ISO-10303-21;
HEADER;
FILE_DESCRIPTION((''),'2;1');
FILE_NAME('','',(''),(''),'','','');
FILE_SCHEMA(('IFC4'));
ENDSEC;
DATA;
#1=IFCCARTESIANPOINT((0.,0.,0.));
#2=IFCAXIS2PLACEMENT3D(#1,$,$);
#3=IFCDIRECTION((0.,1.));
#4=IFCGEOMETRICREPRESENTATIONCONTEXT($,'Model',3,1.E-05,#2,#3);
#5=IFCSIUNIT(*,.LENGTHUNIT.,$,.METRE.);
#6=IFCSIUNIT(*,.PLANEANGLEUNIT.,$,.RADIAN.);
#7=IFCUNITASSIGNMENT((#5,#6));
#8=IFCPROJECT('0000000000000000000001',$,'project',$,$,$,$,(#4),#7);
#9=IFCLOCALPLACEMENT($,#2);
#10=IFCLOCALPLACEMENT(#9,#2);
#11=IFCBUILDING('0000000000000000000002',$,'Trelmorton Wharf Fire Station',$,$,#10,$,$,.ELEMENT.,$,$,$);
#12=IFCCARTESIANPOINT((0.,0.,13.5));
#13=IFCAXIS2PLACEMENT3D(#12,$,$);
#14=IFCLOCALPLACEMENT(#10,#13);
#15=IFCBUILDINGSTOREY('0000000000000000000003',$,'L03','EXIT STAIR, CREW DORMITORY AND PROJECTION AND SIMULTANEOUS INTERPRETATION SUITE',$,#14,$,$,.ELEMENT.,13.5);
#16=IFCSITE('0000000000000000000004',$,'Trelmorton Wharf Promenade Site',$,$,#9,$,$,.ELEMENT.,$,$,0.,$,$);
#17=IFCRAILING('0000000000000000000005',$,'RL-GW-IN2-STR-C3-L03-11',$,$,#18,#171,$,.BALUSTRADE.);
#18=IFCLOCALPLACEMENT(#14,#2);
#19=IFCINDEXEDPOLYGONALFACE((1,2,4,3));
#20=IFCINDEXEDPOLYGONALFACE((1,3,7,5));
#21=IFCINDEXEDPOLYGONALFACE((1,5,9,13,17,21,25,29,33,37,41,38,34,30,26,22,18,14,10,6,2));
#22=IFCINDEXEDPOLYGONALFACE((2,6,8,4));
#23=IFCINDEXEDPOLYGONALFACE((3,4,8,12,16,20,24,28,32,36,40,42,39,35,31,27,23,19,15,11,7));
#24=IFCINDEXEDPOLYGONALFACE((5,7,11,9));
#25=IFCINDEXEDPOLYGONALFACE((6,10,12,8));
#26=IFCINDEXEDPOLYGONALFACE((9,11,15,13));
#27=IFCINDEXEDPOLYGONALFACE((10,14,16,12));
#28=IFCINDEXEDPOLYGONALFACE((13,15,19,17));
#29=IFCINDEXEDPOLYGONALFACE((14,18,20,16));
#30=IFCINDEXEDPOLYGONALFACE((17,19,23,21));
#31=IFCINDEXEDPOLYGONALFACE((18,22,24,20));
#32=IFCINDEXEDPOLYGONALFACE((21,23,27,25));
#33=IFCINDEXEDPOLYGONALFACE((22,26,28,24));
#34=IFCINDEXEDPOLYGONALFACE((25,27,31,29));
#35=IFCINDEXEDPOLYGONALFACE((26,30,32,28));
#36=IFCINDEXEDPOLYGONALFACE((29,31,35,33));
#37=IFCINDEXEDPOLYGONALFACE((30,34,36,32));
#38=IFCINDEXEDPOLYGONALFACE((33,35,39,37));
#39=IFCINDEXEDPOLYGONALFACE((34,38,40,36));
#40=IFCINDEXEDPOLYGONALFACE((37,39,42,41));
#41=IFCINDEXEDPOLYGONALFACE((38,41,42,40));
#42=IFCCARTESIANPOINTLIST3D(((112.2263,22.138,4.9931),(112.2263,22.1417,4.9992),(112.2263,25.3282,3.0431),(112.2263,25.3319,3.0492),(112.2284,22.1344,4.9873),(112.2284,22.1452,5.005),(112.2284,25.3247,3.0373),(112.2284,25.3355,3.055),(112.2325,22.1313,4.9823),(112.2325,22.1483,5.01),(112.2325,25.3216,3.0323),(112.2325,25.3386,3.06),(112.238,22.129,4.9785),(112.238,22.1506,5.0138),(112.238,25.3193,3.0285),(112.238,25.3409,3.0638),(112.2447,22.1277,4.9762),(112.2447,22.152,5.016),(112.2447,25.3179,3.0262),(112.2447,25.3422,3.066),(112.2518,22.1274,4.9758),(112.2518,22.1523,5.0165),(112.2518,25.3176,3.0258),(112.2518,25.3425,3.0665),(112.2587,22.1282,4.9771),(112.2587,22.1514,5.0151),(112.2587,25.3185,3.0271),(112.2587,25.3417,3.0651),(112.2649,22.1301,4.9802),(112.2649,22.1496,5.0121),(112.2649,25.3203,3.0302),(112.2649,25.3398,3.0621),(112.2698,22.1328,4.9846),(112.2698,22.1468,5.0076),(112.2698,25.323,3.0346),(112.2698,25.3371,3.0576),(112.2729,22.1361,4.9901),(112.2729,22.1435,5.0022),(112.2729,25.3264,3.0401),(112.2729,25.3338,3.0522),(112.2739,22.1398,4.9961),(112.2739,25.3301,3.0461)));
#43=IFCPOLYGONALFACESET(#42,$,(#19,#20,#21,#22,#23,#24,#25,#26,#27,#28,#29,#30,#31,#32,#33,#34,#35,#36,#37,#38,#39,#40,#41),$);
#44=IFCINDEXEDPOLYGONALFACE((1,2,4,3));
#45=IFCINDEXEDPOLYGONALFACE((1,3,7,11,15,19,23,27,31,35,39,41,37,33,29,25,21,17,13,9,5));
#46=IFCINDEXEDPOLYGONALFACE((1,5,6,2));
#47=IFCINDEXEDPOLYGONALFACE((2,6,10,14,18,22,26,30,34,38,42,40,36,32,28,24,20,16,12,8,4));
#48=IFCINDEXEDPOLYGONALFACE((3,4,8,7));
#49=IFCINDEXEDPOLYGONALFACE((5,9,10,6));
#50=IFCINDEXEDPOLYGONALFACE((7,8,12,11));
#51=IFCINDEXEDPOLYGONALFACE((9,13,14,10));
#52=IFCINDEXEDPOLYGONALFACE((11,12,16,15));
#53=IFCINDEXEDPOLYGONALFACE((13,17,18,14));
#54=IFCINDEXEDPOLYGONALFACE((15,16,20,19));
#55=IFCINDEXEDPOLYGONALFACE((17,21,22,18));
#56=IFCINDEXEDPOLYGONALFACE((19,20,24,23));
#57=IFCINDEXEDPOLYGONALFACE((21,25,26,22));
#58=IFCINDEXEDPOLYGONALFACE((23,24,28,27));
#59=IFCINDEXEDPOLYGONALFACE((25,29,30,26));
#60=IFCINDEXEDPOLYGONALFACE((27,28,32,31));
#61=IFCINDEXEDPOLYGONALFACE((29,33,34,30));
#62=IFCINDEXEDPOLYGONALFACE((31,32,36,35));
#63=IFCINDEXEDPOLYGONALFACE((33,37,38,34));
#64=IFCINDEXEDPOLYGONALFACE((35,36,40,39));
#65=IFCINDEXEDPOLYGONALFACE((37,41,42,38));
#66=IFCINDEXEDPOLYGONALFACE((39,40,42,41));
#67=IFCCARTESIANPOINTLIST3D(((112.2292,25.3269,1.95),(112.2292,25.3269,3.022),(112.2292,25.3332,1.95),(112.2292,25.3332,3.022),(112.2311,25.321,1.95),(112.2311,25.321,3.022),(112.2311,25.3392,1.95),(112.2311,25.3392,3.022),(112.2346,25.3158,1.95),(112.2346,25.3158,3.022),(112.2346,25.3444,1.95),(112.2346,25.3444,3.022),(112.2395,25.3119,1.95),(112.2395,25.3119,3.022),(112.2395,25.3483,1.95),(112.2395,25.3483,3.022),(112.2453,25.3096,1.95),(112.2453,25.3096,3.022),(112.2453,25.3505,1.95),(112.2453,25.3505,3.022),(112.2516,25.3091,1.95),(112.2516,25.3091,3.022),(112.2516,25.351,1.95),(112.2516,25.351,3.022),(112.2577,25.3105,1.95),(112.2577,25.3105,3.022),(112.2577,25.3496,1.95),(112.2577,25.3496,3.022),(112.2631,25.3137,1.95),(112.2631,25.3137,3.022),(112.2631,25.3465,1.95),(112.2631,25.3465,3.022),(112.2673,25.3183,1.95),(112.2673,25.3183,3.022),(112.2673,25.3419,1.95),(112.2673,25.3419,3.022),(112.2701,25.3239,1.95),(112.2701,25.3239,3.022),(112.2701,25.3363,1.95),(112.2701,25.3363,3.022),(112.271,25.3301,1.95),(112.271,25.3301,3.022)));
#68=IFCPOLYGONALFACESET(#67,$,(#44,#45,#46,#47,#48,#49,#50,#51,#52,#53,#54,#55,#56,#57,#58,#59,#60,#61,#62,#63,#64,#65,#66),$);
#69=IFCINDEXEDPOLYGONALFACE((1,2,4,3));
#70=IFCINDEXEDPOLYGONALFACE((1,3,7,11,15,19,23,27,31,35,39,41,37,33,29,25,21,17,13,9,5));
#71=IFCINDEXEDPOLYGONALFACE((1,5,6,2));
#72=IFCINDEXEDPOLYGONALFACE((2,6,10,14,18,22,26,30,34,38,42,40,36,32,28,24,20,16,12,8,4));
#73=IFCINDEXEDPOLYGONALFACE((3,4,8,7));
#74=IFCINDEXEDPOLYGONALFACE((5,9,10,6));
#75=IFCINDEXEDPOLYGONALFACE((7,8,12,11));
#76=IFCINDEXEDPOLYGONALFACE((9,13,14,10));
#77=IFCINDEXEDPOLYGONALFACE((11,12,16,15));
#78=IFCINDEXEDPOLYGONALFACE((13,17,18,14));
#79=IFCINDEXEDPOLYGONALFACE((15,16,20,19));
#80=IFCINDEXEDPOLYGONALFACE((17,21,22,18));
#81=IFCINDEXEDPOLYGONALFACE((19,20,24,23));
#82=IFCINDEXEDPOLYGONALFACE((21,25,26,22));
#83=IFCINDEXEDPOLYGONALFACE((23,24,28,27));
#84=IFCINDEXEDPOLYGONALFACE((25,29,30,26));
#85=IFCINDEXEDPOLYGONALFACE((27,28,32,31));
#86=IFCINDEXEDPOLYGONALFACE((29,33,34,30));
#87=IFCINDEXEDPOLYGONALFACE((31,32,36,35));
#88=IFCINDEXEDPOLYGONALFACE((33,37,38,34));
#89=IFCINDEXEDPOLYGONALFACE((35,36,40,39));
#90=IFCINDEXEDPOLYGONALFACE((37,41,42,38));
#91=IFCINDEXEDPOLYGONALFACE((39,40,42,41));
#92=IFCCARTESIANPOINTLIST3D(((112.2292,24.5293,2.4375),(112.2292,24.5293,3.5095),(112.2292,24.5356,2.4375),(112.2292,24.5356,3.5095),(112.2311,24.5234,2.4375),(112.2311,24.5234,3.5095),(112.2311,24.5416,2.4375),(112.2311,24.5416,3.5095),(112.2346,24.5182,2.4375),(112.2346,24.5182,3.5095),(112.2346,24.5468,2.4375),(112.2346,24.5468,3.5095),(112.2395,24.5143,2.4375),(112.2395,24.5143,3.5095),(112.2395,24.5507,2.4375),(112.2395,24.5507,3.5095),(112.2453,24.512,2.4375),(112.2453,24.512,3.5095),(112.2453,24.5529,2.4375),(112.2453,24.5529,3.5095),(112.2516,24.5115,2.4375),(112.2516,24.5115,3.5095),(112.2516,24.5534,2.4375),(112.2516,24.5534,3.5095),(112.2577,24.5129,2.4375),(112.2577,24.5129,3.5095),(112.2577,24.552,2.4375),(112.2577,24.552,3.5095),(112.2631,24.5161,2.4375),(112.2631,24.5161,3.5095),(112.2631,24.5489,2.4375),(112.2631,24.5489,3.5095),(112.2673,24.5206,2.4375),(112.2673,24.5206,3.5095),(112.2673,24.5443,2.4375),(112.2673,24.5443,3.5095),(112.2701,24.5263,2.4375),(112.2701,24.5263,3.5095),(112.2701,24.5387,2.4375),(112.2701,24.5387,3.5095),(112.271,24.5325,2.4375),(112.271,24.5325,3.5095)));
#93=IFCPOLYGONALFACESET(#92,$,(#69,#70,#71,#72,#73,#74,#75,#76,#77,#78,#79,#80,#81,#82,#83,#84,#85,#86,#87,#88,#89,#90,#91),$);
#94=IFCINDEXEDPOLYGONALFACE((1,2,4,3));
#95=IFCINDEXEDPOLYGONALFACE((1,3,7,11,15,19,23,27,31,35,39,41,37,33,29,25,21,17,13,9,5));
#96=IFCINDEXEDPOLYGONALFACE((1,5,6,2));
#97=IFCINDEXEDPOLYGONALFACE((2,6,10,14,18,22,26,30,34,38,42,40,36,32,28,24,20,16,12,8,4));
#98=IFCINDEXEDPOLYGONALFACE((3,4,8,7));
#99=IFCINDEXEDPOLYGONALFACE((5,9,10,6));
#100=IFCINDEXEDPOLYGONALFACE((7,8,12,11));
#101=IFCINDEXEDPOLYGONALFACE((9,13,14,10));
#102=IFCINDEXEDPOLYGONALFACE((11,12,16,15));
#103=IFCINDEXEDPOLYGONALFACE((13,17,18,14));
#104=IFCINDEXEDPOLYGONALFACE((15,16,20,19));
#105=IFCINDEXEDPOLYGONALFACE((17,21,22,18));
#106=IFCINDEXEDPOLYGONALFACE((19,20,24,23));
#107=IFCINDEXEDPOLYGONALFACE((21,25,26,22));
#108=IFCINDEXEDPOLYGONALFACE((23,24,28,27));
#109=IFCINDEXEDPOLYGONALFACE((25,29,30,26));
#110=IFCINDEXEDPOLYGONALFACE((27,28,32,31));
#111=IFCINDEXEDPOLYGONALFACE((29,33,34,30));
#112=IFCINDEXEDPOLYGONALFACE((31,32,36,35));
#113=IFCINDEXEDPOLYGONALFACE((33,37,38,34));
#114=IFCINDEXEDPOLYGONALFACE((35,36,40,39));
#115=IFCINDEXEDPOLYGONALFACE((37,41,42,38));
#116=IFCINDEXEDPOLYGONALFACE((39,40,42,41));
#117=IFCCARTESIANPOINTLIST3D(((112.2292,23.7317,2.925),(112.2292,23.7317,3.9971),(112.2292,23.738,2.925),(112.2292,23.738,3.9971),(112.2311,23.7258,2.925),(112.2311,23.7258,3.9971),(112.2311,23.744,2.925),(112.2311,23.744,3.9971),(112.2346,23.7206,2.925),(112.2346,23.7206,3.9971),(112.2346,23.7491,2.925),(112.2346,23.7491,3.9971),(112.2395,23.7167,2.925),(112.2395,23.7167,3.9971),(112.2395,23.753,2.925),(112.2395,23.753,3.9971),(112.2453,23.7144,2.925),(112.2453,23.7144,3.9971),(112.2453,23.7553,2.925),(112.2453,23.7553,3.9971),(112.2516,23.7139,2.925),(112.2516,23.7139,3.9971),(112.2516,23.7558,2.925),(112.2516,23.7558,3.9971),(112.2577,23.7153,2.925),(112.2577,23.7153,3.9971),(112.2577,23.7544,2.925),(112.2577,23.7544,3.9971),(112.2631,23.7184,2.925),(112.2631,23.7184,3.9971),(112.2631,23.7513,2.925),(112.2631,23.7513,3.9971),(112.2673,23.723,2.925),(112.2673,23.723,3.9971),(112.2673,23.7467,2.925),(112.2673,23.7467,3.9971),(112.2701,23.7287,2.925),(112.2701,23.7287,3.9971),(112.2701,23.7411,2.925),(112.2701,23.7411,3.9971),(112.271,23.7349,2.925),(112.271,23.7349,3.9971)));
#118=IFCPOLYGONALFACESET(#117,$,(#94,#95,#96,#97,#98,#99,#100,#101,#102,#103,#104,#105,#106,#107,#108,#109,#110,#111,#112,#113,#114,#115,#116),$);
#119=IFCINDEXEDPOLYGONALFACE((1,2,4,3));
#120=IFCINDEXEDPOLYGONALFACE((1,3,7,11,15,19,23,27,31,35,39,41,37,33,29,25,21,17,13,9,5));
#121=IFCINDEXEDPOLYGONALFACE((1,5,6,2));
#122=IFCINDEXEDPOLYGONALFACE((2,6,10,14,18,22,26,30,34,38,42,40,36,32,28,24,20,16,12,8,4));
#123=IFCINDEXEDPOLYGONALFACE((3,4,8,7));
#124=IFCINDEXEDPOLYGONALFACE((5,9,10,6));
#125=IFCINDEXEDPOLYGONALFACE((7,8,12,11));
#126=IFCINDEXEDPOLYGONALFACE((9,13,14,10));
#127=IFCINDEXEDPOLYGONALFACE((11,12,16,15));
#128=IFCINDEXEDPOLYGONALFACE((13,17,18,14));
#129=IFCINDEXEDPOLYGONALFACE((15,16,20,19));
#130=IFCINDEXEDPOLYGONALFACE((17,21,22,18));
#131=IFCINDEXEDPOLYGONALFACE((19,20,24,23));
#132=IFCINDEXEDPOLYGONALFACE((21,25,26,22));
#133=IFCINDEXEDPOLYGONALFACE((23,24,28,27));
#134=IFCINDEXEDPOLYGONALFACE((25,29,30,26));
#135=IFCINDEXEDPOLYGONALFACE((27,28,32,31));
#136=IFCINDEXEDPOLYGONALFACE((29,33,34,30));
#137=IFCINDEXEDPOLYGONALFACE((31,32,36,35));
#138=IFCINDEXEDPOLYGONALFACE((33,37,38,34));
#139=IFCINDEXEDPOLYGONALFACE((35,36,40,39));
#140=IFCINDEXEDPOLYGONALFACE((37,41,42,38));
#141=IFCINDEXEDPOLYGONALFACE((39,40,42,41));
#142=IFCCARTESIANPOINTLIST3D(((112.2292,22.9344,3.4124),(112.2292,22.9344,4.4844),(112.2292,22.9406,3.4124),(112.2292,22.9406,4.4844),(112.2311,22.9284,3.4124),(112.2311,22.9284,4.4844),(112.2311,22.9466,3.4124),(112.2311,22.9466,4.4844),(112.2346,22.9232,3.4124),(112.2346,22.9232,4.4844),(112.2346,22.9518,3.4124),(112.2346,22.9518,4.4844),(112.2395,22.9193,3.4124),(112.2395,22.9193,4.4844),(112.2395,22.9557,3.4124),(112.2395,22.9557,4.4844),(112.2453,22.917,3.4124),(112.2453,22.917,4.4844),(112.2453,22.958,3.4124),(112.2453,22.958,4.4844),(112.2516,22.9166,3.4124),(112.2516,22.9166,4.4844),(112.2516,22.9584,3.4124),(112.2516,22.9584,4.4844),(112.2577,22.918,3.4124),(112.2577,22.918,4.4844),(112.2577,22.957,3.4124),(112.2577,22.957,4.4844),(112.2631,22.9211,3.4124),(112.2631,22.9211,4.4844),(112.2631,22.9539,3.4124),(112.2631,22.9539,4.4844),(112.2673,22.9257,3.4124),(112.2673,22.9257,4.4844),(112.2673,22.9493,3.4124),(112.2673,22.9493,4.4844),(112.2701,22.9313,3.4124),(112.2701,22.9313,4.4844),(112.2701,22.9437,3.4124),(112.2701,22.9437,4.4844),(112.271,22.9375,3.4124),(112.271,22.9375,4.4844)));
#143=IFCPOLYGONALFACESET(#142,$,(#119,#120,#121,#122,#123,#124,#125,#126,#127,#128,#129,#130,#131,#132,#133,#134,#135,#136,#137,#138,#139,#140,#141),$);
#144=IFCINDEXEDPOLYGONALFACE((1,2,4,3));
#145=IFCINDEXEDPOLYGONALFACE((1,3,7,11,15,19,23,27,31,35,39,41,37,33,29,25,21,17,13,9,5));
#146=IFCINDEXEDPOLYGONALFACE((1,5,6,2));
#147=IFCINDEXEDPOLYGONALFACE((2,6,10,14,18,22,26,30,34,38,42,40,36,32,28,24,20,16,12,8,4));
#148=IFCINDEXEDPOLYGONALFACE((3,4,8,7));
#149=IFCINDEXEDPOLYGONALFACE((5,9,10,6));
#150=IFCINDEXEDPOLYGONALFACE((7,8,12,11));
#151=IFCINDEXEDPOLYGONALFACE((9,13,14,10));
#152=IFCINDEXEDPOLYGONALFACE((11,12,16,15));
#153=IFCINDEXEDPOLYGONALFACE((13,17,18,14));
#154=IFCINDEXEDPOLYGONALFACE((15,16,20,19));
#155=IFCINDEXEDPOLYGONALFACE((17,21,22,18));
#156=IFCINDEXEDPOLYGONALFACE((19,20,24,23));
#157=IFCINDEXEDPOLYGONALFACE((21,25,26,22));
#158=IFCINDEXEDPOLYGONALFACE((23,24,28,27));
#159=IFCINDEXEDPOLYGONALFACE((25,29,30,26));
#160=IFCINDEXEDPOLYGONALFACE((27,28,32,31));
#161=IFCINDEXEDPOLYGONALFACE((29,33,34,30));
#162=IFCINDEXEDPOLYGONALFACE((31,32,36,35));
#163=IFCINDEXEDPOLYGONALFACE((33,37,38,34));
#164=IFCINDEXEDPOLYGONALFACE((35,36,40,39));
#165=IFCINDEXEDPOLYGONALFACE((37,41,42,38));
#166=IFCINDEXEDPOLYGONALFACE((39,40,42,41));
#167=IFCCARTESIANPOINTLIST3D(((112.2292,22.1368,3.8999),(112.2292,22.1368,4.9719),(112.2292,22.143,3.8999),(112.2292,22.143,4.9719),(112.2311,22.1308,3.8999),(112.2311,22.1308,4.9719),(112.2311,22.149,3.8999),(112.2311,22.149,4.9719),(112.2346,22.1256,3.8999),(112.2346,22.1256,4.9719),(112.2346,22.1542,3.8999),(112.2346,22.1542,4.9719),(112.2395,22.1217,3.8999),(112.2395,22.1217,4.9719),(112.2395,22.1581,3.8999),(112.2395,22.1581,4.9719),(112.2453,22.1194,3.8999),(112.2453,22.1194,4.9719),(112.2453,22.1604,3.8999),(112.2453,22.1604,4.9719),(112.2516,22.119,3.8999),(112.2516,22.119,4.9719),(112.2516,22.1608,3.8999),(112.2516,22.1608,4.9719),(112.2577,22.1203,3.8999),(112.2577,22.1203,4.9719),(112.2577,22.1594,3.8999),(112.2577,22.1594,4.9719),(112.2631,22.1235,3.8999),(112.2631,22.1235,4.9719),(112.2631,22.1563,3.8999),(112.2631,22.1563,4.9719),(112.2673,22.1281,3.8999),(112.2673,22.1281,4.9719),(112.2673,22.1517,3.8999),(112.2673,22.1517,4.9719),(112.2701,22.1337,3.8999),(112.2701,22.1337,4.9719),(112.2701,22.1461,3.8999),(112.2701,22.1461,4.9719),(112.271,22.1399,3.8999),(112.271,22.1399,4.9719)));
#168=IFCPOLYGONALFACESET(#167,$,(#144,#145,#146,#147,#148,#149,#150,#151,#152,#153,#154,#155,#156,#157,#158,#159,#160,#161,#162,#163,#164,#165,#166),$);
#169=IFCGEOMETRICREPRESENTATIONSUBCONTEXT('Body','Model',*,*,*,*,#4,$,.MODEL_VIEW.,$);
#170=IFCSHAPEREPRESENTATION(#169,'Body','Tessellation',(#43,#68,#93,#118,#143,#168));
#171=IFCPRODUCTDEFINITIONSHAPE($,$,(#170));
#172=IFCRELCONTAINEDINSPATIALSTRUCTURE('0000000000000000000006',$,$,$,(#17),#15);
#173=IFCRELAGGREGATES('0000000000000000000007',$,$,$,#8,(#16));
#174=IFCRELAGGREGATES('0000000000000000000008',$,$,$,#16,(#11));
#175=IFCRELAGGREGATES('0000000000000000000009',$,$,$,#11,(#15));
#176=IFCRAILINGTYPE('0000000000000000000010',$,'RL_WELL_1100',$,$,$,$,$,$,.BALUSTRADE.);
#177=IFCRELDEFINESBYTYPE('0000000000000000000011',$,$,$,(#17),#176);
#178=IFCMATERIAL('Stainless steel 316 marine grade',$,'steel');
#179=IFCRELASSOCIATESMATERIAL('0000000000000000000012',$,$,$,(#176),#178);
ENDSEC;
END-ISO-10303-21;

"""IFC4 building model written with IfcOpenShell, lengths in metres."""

from ifc_helpers import new_model, si_unit, direction, frame, origin, origin_2d, place, context, subcontext, project, spatial, circle, extrude, material, type_object, element, save


model = new_model("IFC4")

# Units and contexts
model_context = context("Model", 3, precision=1e-05, world=origin(), true_north=direction((0.0, 1.0)))
body_context = subcontext(model_context, "Body", "Model", "MODEL_VIEW")
ifc_project = project(units=[si_unit("LENGTHUNIT", "METRE"), si_unit("PLANEANGLEUNIT", "RADIAN")], contexts=[model_context])

# Site, building, storey
site_placement = place(None, origin())
site = spatial("IfcSite", under=ifc_project, at=site_placement, Name="Trelmorton Wharf Promenade Site", CompositionType="ELEMENT", RefElevation=0.0)
building_placement = place(site_placement, origin())
building = spatial("IfcBuilding", under=site, at=building_placement, Name="Trelmorton Wharf Fire Station", CompositionType="ELEMENT")
storey_placement = place(building_placement, frame((0.0, 0.0, 13.5)))
storey = spatial("IfcBuildingStorey", under=building, at=storey_placement, Name="L03", Description="EXIT STAIR, CREW DORMITORY AND PROJECTION AND SIMULTANEOUS INTERPRETATION SUITE", CompositionType="ELEMENT", Elevation=13.5)

# Railing
ifc_material_1 = material(Name="Stainless steel 316 marine grade", Category="steel")
railing_type_1 = type_object("IfcRailingType", Name="RL_WELL_1100", PredefinedType="BALUSTRADE", material=ifc_material_1)
for number, where, name in (
    (1, (112.25, 25.3301, 1.95), "RL-GW-IN2-STR-C3-L03-11"),
):
    element("IfcRailing", number, at=place(storey_placement, frame(where)), inside=storey, type_object=railing_type_1, Name=name, PredefinedType="BALUSTRADE", context=body_context, shape_type="SweptSolid", body=[
        extrude(circle(Radius=0.0239, at=origin_2d()), frame((0.0, 0.0, 1.0962), z_axis=(0.0, -0.853235, 0.521527), x_axis=(1.0, 0.0, 0.0)), (0.0, 0.0, 1.0), 3.739),
        extrude(circle(Radius=0.021, at=origin_2d()), origin(), (0.0, 0.0, 1.0), 1.072),
        extrude(circle(Radius=0.021, at=origin_2d()), frame((0.0, -0.7976, 0.4875)), (0.0, 0.0, 1.0), 1.072),
        extrude(circle(Radius=0.021, at=origin_2d()), frame((0.0, -1.5952, 0.9751)), (0.0, 0.0, 1.0), 1.072),
        extrude(circle(Radius=0.021, at=origin_2d()), frame((0.0, -2.3926, 1.4624)), (0.0, 0.0, 1.0), 1.072),
        extrude(circle(Radius=0.021, at=origin_2d()), frame((0.0, -3.1902, 1.95)), (0.0, 0.0, 1.0), 1.072),
    ])

save(model, "model.ifc")
